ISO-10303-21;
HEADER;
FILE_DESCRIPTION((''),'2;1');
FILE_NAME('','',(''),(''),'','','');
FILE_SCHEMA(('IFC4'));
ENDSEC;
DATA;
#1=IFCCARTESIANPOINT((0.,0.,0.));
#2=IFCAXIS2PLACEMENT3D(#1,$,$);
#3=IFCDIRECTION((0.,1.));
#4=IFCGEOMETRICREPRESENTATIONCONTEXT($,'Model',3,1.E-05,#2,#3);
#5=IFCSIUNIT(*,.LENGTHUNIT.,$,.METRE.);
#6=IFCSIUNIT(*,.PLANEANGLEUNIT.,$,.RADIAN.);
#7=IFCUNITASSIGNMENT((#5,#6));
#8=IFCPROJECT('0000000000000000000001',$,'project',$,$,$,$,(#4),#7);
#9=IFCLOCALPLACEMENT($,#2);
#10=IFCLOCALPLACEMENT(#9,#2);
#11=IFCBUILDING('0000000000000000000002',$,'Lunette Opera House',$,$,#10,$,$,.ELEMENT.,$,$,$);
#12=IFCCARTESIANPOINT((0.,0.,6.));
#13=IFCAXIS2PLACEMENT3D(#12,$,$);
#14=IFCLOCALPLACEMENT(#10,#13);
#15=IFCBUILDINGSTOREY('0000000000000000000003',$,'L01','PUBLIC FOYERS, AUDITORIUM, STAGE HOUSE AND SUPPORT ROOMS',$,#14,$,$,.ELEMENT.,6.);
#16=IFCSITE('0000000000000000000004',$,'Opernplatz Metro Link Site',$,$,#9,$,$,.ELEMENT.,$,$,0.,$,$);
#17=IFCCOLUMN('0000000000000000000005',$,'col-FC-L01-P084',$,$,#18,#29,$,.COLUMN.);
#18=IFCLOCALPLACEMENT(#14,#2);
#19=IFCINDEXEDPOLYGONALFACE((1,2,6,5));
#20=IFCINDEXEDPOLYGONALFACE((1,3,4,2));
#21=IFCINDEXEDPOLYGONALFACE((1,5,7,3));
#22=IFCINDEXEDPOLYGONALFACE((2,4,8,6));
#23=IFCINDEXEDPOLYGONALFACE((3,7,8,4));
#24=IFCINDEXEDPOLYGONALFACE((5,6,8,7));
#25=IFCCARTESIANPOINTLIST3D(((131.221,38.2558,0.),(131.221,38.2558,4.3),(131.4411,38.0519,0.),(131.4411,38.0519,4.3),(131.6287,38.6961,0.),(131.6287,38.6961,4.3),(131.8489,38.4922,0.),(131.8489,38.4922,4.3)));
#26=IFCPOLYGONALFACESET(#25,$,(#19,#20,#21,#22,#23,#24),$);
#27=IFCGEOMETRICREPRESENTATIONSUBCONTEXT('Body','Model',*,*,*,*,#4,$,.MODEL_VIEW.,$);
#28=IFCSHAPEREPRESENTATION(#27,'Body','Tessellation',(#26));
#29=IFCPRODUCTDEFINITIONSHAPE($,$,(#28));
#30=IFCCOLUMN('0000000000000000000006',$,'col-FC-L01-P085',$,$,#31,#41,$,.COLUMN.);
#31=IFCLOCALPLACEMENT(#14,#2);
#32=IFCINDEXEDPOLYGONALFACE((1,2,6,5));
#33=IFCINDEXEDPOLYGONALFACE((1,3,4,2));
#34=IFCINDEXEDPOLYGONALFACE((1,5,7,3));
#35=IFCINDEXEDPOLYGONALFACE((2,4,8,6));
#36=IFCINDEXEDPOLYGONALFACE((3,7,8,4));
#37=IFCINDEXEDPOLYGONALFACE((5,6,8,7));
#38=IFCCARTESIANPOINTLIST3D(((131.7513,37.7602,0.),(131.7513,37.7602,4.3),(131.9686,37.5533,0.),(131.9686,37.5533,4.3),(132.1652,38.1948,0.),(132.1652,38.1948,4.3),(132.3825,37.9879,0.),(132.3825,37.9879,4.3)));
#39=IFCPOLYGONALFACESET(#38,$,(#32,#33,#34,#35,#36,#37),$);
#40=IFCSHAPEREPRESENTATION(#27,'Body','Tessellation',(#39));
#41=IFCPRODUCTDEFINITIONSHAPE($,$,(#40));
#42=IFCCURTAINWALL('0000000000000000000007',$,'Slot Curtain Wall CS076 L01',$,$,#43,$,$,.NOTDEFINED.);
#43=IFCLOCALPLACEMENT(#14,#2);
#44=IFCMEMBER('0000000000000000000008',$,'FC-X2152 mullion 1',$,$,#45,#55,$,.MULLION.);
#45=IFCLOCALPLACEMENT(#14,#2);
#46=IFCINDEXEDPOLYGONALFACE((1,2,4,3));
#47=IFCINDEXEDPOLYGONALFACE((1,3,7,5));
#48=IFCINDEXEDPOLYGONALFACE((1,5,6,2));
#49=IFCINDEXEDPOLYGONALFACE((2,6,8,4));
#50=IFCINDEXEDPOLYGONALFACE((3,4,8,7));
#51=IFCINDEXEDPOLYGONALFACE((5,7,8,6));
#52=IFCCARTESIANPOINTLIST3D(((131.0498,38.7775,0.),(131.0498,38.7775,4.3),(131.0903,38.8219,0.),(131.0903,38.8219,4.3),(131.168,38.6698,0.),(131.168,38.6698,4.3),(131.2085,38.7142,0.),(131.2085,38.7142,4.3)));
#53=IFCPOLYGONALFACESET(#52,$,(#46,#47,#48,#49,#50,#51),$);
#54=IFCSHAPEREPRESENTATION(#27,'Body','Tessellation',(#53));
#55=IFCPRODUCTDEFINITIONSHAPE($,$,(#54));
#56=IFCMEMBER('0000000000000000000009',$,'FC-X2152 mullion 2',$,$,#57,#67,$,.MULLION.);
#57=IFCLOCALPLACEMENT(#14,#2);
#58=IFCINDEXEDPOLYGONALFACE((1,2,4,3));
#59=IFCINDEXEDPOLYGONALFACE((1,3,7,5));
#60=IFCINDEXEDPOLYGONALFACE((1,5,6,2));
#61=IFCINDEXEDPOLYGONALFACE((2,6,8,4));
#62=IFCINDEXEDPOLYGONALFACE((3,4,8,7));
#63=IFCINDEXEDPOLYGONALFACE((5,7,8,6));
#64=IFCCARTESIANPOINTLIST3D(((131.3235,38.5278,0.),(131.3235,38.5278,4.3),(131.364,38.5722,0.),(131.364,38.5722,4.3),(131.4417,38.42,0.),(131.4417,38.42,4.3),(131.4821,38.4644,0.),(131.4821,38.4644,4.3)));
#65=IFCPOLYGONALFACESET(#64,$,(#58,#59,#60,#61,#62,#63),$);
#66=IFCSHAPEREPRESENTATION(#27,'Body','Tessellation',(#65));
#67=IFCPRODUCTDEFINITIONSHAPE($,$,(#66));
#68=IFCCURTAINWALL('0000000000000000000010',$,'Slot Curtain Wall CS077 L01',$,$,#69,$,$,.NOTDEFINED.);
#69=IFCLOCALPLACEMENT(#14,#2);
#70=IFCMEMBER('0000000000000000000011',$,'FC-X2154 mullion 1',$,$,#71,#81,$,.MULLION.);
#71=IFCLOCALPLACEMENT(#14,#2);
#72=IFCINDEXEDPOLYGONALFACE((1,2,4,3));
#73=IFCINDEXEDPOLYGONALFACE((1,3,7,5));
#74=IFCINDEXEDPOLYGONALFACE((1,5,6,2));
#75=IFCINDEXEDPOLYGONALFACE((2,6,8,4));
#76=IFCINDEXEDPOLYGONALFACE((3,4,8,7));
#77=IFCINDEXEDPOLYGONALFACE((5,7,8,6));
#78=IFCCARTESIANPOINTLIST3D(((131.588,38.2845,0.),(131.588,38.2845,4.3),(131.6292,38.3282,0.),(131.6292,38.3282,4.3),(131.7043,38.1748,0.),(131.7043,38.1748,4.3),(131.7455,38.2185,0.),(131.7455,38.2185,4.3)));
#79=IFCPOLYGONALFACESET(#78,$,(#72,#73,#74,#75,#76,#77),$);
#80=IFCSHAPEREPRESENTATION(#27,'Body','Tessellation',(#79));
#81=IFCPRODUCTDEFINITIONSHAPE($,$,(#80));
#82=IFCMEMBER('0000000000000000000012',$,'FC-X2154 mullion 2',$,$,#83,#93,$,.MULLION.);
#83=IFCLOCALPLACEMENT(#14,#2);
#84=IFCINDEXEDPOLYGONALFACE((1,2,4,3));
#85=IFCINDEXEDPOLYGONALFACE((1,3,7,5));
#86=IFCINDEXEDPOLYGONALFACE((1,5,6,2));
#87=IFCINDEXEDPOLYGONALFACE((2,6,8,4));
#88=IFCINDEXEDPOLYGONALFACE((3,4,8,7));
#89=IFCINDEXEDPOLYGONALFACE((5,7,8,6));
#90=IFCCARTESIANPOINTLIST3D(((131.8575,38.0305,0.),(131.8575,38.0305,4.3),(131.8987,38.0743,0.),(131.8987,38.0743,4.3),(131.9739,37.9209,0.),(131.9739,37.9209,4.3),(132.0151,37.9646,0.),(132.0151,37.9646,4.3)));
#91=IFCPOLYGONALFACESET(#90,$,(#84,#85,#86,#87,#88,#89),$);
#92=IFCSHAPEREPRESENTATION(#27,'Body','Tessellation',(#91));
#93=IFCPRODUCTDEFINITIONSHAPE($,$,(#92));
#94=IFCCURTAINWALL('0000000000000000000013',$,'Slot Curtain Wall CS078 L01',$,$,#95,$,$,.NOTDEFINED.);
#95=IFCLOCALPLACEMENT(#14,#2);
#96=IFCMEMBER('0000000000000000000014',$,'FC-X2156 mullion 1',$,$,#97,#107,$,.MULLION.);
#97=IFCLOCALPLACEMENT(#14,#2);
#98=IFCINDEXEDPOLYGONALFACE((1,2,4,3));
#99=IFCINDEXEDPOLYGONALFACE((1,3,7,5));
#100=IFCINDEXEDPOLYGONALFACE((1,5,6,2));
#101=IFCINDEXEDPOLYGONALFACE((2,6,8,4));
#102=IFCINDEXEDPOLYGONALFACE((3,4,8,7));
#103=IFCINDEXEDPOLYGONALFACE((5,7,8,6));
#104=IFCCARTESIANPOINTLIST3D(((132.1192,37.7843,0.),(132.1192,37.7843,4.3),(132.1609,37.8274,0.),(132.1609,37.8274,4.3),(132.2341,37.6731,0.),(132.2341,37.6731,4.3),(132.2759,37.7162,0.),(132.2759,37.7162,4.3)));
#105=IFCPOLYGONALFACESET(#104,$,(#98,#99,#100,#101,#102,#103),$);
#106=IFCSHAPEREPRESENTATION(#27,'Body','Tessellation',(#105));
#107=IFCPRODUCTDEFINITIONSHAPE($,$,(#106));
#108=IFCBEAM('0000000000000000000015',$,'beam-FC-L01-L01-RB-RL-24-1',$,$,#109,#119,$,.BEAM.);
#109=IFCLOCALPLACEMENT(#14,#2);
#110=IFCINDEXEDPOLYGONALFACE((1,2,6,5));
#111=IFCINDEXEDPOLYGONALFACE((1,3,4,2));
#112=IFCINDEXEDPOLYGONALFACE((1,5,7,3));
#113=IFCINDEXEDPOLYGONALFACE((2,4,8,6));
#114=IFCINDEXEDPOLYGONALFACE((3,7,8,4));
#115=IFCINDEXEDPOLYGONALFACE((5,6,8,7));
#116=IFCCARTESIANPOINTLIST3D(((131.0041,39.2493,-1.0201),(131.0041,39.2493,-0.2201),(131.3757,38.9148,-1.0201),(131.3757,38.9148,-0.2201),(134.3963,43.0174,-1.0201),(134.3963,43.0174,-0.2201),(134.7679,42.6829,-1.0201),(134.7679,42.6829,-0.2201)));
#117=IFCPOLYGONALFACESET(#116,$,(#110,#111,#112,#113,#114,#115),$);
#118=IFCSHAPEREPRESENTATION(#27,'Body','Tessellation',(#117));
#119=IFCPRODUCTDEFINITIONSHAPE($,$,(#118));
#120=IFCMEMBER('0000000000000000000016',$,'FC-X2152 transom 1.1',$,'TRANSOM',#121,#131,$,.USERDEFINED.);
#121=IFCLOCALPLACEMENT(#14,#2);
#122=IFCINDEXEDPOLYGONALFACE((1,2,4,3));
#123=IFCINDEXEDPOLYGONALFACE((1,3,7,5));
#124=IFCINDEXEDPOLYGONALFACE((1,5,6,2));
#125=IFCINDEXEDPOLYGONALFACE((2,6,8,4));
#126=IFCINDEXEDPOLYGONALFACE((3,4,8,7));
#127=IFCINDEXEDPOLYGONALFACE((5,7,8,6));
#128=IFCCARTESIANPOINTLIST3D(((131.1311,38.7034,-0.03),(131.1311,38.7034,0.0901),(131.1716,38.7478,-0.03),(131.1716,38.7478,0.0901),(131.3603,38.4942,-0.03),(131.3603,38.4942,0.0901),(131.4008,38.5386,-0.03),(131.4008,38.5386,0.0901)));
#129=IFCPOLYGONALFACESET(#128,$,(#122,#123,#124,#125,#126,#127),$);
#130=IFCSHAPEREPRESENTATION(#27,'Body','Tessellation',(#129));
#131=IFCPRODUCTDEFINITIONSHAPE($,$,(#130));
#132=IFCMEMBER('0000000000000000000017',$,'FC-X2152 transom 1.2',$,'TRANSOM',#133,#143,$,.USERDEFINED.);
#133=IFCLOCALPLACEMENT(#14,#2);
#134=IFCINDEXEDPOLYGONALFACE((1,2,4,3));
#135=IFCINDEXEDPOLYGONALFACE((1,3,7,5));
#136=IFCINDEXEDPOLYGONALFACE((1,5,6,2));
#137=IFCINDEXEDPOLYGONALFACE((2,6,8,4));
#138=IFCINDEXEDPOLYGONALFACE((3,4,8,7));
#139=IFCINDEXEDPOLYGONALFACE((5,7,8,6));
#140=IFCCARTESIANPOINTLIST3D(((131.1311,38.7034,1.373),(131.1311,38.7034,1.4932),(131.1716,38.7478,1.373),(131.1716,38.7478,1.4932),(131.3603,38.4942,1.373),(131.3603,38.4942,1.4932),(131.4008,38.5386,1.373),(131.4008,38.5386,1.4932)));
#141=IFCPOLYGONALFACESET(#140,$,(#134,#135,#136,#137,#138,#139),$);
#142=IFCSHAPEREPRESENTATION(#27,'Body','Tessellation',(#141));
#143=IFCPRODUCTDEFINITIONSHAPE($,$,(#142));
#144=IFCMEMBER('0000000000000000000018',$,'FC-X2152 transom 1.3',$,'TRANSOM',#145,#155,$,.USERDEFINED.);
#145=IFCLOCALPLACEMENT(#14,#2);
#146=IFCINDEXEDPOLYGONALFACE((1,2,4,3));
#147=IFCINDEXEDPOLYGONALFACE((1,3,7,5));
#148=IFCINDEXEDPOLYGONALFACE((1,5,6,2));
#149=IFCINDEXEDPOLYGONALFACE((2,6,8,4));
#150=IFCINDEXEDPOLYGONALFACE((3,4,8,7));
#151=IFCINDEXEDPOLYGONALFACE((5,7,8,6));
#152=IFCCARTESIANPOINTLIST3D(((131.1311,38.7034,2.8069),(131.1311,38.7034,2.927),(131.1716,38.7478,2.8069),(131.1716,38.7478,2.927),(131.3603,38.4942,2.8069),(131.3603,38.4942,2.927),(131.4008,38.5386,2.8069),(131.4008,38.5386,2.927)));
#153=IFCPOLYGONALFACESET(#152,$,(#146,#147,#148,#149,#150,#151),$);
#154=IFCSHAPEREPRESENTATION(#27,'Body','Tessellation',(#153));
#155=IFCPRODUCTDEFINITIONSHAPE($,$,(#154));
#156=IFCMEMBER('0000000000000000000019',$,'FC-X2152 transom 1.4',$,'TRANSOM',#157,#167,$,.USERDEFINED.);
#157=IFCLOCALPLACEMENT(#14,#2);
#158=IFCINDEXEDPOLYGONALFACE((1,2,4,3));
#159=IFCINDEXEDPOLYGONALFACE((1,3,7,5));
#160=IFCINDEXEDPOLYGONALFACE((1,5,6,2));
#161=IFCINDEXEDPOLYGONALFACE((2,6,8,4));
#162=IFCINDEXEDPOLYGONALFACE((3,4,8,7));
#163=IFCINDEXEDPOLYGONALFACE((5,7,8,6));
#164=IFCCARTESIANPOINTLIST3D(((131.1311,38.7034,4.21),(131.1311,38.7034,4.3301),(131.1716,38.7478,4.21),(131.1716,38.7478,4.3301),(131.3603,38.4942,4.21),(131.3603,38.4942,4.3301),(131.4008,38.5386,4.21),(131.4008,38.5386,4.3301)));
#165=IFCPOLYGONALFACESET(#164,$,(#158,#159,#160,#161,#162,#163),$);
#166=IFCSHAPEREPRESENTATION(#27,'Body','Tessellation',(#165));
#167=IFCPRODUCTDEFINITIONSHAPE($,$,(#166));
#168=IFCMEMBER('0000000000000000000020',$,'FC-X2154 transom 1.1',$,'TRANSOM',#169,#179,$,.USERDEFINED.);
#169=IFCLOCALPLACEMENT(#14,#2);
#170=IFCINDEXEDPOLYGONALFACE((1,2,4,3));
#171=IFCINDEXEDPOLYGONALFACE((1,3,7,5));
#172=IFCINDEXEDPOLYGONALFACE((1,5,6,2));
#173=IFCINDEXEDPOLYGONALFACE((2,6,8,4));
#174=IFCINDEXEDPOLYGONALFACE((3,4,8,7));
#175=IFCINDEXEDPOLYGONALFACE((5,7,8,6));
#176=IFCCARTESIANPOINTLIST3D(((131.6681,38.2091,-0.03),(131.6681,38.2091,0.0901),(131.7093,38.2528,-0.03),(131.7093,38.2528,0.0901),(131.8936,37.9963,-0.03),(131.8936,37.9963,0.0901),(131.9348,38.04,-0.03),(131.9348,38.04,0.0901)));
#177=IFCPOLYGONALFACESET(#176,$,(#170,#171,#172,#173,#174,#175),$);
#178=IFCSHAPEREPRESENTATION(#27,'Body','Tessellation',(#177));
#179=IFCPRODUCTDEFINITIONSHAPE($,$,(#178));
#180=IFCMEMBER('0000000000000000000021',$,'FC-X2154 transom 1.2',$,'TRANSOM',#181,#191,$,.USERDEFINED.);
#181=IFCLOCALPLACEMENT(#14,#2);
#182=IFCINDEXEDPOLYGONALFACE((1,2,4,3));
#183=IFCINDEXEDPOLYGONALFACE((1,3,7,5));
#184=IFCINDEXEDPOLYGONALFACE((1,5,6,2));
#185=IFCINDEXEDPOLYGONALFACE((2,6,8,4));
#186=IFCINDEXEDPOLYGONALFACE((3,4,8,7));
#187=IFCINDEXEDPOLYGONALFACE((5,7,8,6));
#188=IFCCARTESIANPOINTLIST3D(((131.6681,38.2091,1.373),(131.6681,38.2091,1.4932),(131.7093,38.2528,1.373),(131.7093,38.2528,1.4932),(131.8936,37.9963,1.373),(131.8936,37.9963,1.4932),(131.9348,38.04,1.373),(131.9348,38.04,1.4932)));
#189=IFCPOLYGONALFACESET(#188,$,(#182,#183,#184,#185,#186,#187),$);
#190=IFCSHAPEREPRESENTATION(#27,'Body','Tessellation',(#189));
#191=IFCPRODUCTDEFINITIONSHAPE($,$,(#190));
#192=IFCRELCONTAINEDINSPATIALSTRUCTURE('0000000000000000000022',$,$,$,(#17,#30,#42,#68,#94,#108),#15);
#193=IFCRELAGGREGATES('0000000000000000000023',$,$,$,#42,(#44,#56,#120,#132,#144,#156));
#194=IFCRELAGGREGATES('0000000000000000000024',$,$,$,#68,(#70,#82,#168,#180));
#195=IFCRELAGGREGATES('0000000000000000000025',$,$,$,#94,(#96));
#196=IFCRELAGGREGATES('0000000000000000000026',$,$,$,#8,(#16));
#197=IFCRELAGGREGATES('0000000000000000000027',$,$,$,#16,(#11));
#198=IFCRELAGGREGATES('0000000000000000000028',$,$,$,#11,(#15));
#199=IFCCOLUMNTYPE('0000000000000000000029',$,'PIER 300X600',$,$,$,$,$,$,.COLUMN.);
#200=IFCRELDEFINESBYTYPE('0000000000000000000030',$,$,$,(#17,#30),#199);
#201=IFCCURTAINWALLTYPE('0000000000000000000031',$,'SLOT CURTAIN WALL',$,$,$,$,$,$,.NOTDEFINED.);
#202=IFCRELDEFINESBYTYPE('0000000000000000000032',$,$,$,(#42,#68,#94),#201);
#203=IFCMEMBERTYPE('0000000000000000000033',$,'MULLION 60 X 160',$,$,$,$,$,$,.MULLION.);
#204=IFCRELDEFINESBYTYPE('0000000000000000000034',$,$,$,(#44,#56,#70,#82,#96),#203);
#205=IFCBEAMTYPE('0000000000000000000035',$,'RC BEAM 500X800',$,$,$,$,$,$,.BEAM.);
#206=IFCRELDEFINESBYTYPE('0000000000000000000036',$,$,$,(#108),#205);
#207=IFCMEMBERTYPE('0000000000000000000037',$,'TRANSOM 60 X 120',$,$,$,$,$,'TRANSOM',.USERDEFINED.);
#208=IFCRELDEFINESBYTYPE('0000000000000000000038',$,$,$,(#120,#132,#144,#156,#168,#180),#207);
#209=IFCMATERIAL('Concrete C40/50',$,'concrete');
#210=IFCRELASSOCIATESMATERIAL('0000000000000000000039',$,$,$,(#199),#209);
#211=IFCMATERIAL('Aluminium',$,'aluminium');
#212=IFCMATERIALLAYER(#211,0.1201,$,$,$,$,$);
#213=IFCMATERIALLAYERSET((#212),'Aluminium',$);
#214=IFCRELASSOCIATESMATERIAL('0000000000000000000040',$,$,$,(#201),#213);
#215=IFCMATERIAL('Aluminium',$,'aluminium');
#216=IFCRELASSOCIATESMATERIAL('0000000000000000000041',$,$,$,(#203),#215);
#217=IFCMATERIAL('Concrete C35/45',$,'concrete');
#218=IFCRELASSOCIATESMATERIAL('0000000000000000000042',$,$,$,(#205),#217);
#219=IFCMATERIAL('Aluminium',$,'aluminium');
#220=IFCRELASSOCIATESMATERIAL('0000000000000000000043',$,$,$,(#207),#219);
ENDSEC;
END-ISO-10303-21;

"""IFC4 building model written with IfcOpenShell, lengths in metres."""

from ifc_helpers import new_model, si_unit, direction, frame, origin, origin_2d, place, context, subcontext, project, spatial, rectangle, extrude, material, layer, layer_set, material_profile, profile_set, type_object, element, aggregate, save


model = new_model("IFC4")

# Units and contexts
model_context = context("Model", 3, precision=1e-05, world=origin(), true_north=direction((0.0, 1.0)))
body_context = subcontext(model_context, "Body", "Model", "MODEL_VIEW")
ifc_project = project(units=[si_unit("LENGTHUNIT", "METRE"), si_unit("PLANEANGLEUNIT", "RADIAN")], contexts=[model_context])

# Site, building, storey
site_placement = place(None, origin())
site = spatial("IfcSite", under=ifc_project, at=site_placement, Name="Opernplatz Metro Link Site", CompositionType="ELEMENT", RefElevation=0.0)
building_placement = place(site_placement, origin())
building = spatial("IfcBuilding", under=site, at=building_placement, Name="Lunette Opera House", CompositionType="ELEMENT")
storey_placement = place(building_placement, frame((0.0, 0.0, 6.0)))
storey = spatial("IfcBuildingStorey", under=building, at=storey_placement, Name="L01", Description="PUBLIC FOYERS, AUDITORIUM, STAGE HOUSE AND SUPPORT ROOMS", CompositionType="ELEMENT", Elevation=6.0)

# Columns
ifc_material_1 = material(Name="Concrete C40/50", Category="concrete")
ifc_material_profile_1 = material_profile(ifc_material_1, rectangle(XDim=0.3, YDim=0.6001, at=origin_2d()), Name="PIER 300X600")
ifc_profile_set_1 = profile_set([ifc_material_profile_1], Name="Concrete C40/50")
column_type = type_object("IfcColumnType", Name="PIER 300X600", PredefinedType="COLUMN", material=ifc_profile_set_1)
for number, where, z_axis, x_axis, name in (
    (1, (131.5349, 38.374, 0.0), (0.0, 0.0, 1.0), (0.73373, -0.679441, 0.0), "col-FC-L01-P084"),
    (2, (132.0669, 37.874, 0.0), (0.0, 0.0, 1.0), (0.724172, -0.68962, 0.0), "col-FC-L01-P085"),
):
    element("IfcColumn", number, at=place(storey_placement, frame(where, z_axis=z_axis, x_axis=x_axis)), inside=storey, type_object=column_type, Name=name, PredefinedType="COLUMN", context=body_context, shape_type="SweptSolid", body=[
        extrude(rectangle(XDim=0.3, YDim=0.6001, at=origin_2d()), origin(), (0.0, 0.0, 1.0), 4.3),
    ])

# Curtain walls, members
ifc_material_2 = material(Name="Aluminium", Category="aluminium")
ifc_layer_1 = layer(ifc_material_2, 0.1201)
ifc_layer_set_1 = layer_set([ifc_layer_1], Name="Aluminium")
curtain_wall_type = type_object("IfcCurtainWallType", Name="SLOT CURTAIN WALL", PredefinedType="NOTDEFINED", material=ifc_layer_set_1)
curtain_wall_1_placement = place(storey_placement, origin())
curtain_wall_1 = element("IfcCurtainWall", 3, at=curtain_wall_1_placement, inside=storey, type_object=curtain_wall_type, Name="Slot Curtain Wall CS076 L01", PredefinedType="NOTDEFINED")
ifc_material_3 = material(Name="Aluminium", Category="aluminium")
ifc_material_profile_2 = material_profile(ifc_material_3, rectangle(XDim=0.0601, YDim=0.1599, at=origin_2d()), Name="MULLION 60 X 160")
ifc_profile_set_2 = profile_set([ifc_material_profile_2], Name="Aluminium")
member_type_1 = type_object("IfcMemberType", Name="MULLION 60 X 160", PredefinedType="MULLION", material=ifc_profile_set_2)
member_1_placement = place(storey_placement, frame((131.1292, 38.7458, 0.0), z_axis=(0.0, 0.0, 1.0), x_axis=(0.673828, 0.738888, 0.0)))
member_1 = element("IfcMember", 4, at=member_1_placement, type_object=member_type_1, Name="FC-X2152 mullion 1", PredefinedType="MULLION", context=body_context, shape_type="SweptSolid", body=[
    extrude(rectangle(XDim=0.0601, YDim=0.1599, at=origin_2d()), origin(), (0.0, 0.0, 1.0), 4.3),
])
member_2_placement = place(storey_placement, frame((131.4028, 38.4961, 0.0), z_axis=(0.0, 0.0, 1.0), x_axis=(0.673828, 0.738888, 0.0)))
member_2 = element("IfcMember", 5, at=member_2_placement, type_object=member_type_1, Name="FC-X2152 mullion 2", PredefinedType="MULLION", context=body_context, shape_type="SweptSolid", body=[
    extrude(rectangle(XDim=0.0601, YDim=0.1599, at=origin_2d()), origin(), (0.0, 0.0, 1.0), 4.3),
])
curtain_wall_2_placement = place(storey_placement, origin())
curtain_wall_2 = element("IfcCurtainWall", 6, at=curtain_wall_2_placement, inside=storey, type_object=curtain_wall_type, Name="Slot Curtain Wall CS077 L01", PredefinedType="NOTDEFINED")
member_3_placement = place(storey_placement, frame((131.6667, 38.2515, 0.0), z_axis=(0.0, 0.0, 1.0), x_axis=(0.685872, 0.727722, 0.0)))
member_3 = element("IfcMember", 7, at=member_3_placement, type_object=member_type_1, Name="FC-X2154 mullion 1", PredefinedType="MULLION", context=body_context, shape_type="SweptSolid", body=[
    extrude(rectangle(XDim=0.0601, YDim=0.1599, at=origin_2d()), origin(), (0.0, 0.0, 1.0), 4.3),
])
member_4_placement = place(storey_placement, frame((131.9363, 37.9976, 0.0), z_axis=(0.0, 0.0, 1.0), x_axis=(0.685872, 0.727722, 0.0)))
member_4 = element("IfcMember", 8, at=member_4_placement, type_object=member_type_1, Name="FC-X2154 mullion 2", PredefinedType="MULLION", context=body_context, shape_type="SweptSolid", body=[
    extrude(rectangle(XDim=0.0601, YDim=0.1599, at=origin_2d()), origin(), (0.0, 0.0, 1.0), 4.3),
])

# Curtain wall, member
curtain_wall_3_placement = place(storey_placement, origin())
curtain_wall_3 = element("IfcCurtainWall", 9, at=curtain_wall_3_placement, inside=storey, type_object=curtain_wall_type, Name="Slot Curtain Wall CS078 L01", PredefinedType="NOTDEFINED")
member_5_placement = place(storey_placement, frame((132.1975, 37.7502, 0.0), z_axis=(0.0, 0.0, 1.0), x_axis=(0.695383, 0.71864, 0.0)))
member_5 = element("IfcMember", 10, at=member_5_placement, type_object=member_type_1, Name="FC-X2156 mullion 1", PredefinedType="MULLION", context=body_context, shape_type="SweptSolid", body=[
    extrude(rectangle(XDim=0.0601, YDim=0.1599, at=origin_2d()), origin(), (0.0, 0.0, 1.0), 4.3),
])

# Beam
ifc_material_4 = material(Name="Concrete C35/45", Category="concrete")
ifc_material_profile_3 = material_profile(ifc_material_4, rectangle(XDim=0.5, YDim=0.8, at=origin_2d()), Name="RC BEAM 500X800")
ifc_profile_set_3 = profile_set([ifc_material_profile_3], Name="Concrete C35/45")
beam_type = type_object("IfcBeamType", Name="RC BEAM 500X800", PredefinedType="BEAM", material=ifc_profile_set_3)
beam_placement = place(storey_placement, frame((131.1899, 39.082, -0.6201), z_axis=(0.669055, 0.743213, 0.0), x_axis=(-0.743213, 0.669055, 0.0)))
element("IfcBeam", 11, at=beam_placement, inside=storey, type_object=beam_type, Name="beam-FC-L01-L01-RB-RL-24-1", PredefinedType="BEAM", context=body_context, shape_type="SweptSolid", body=[
    extrude(rectangle(XDim=0.5, YDim=0.8, at=origin_2d()), origin(), (0.0, 0.0, 1.0), 5.0701),
])

# Members
ifc_material_5 = material(Name="Aluminium", Category="aluminium")
ifc_material_profile_4 = material_profile(ifc_material_5, rectangle(XDim=0.0601, YDim=0.1201, at=origin_2d()), Name="TRANSOM 60 X 120")
ifc_profile_set_4 = profile_set([ifc_material_profile_4], Name="Aluminium")
member_type_2 = type_object("IfcMemberType", Name="TRANSOM 60 X 120", ElementType="TRANSOM", PredefinedType="USERDEFINED", material=ifc_profile_set_4)
member_6_placement = place(storey_placement, frame((131.1514, 38.7256, 0.03), z_axis=(0.738622, -0.67412, 0.0), x_axis=(0.67412, 0.738622, 0.0)))
member_6 = element("IfcMember", 12, at=member_6_placement, type_object=member_type_2, Name="FC-X2152 transom 1.1", ObjectType="TRANSOM", PredefinedType="USERDEFINED", context=body_context, shape_type="SweptSolid", body=[
    extrude(rectangle(XDim=0.0601, YDim=0.1201, at=origin_2d()), origin(), (0.0, 0.0, 1.0), 0.3103),
])
member_7_placement = place(storey_placement, frame((131.1514, 38.7256, 1.4331), z_axis=(0.738622, -0.67412, 0.0), x_axis=(0.67412, 0.738622, 0.0)))
member_7 = element("IfcMember", 13, at=member_7_placement, type_object=member_type_2, Name="FC-X2152 transom 1.2", ObjectType="TRANSOM", PredefinedType="USERDEFINED", context=body_context, shape_type="SweptSolid", body=[
    extrude(rectangle(XDim=0.0601, YDim=0.1201, at=origin_2d()), origin(), (0.0, 0.0, 1.0), 0.3103),
])
member_8_placement = place(storey_placement, frame((131.1514, 38.7256, 2.8669), z_axis=(0.738622, -0.67412, 0.0), x_axis=(0.67412, 0.738622, 0.0)))
member_8 = element("IfcMember", 14, at=member_8_placement, type_object=member_type_2, Name="FC-X2152 transom 1.3", ObjectType="TRANSOM", PredefinedType="USERDEFINED", context=body_context, shape_type="SweptSolid", body=[
    extrude(rectangle(XDim=0.0601, YDim=0.1201, at=origin_2d()), origin(), (0.0, 0.0, 1.0), 0.3103),
])
member_9_placement = place(storey_placement, frame((131.1514, 38.7256, 4.27), z_axis=(0.738622, -0.67412, 0.0), x_axis=(0.67412, 0.738622, 0.0)))
member_9 = element("IfcMember", 15, at=member_9_placement, type_object=member_type_2, Name="FC-X2152 transom 1.4", ObjectType="TRANSOM", PredefinedType="USERDEFINED", context=body_context, shape_type="SweptSolid", body=[
    extrude(rectangle(XDim=0.0601, YDim=0.1201, at=origin_2d()), origin(), (0.0, 0.0, 1.0), 0.3103),
])
member_10_placement = place(storey_placement, frame((131.6887, 38.231, 0.03), z_axis=(0.727275, -0.686346, 0.0), x_axis=(0.686346, 0.727275, 0.0)))
member_10 = element("IfcMember", 16, at=member_10_placement, type_object=member_type_2, Name="FC-X2154 transom 1.1", ObjectType="TRANSOM", PredefinedType="USERDEFINED", context=body_context, shape_type="SweptSolid", body=[
    extrude(rectangle(XDim=0.0601, YDim=0.1201, at=origin_2d()), origin(), (0.0, 0.0, 1.0), 0.3101),
])
member_11_placement = place(storey_placement, frame((131.6887, 38.231, 1.4331), z_axis=(0.727275, -0.686346, 0.0), x_axis=(0.686346, 0.727275, 0.0)))
member_11 = element("IfcMember", 17, at=member_11_placement, type_object=member_type_2, Name="FC-X2154 transom 1.2", ObjectType="TRANSOM", PredefinedType="USERDEFINED", context=body_context, shape_type="SweptSolid", body=[
    extrude(rectangle(XDim=0.0601, YDim=0.1201, at=origin_2d()), origin(), (0.0, 0.0, 1.0), 0.3101),
])

aggregate(curtain_wall_1, [member_1, member_2, member_6, member_7, member_8, member_9])
aggregate(curtain_wall_2, [member_3, member_4, member_10, member_11])
aggregate(curtain_wall_3, [member_5])

save(model, "model.ifc")
